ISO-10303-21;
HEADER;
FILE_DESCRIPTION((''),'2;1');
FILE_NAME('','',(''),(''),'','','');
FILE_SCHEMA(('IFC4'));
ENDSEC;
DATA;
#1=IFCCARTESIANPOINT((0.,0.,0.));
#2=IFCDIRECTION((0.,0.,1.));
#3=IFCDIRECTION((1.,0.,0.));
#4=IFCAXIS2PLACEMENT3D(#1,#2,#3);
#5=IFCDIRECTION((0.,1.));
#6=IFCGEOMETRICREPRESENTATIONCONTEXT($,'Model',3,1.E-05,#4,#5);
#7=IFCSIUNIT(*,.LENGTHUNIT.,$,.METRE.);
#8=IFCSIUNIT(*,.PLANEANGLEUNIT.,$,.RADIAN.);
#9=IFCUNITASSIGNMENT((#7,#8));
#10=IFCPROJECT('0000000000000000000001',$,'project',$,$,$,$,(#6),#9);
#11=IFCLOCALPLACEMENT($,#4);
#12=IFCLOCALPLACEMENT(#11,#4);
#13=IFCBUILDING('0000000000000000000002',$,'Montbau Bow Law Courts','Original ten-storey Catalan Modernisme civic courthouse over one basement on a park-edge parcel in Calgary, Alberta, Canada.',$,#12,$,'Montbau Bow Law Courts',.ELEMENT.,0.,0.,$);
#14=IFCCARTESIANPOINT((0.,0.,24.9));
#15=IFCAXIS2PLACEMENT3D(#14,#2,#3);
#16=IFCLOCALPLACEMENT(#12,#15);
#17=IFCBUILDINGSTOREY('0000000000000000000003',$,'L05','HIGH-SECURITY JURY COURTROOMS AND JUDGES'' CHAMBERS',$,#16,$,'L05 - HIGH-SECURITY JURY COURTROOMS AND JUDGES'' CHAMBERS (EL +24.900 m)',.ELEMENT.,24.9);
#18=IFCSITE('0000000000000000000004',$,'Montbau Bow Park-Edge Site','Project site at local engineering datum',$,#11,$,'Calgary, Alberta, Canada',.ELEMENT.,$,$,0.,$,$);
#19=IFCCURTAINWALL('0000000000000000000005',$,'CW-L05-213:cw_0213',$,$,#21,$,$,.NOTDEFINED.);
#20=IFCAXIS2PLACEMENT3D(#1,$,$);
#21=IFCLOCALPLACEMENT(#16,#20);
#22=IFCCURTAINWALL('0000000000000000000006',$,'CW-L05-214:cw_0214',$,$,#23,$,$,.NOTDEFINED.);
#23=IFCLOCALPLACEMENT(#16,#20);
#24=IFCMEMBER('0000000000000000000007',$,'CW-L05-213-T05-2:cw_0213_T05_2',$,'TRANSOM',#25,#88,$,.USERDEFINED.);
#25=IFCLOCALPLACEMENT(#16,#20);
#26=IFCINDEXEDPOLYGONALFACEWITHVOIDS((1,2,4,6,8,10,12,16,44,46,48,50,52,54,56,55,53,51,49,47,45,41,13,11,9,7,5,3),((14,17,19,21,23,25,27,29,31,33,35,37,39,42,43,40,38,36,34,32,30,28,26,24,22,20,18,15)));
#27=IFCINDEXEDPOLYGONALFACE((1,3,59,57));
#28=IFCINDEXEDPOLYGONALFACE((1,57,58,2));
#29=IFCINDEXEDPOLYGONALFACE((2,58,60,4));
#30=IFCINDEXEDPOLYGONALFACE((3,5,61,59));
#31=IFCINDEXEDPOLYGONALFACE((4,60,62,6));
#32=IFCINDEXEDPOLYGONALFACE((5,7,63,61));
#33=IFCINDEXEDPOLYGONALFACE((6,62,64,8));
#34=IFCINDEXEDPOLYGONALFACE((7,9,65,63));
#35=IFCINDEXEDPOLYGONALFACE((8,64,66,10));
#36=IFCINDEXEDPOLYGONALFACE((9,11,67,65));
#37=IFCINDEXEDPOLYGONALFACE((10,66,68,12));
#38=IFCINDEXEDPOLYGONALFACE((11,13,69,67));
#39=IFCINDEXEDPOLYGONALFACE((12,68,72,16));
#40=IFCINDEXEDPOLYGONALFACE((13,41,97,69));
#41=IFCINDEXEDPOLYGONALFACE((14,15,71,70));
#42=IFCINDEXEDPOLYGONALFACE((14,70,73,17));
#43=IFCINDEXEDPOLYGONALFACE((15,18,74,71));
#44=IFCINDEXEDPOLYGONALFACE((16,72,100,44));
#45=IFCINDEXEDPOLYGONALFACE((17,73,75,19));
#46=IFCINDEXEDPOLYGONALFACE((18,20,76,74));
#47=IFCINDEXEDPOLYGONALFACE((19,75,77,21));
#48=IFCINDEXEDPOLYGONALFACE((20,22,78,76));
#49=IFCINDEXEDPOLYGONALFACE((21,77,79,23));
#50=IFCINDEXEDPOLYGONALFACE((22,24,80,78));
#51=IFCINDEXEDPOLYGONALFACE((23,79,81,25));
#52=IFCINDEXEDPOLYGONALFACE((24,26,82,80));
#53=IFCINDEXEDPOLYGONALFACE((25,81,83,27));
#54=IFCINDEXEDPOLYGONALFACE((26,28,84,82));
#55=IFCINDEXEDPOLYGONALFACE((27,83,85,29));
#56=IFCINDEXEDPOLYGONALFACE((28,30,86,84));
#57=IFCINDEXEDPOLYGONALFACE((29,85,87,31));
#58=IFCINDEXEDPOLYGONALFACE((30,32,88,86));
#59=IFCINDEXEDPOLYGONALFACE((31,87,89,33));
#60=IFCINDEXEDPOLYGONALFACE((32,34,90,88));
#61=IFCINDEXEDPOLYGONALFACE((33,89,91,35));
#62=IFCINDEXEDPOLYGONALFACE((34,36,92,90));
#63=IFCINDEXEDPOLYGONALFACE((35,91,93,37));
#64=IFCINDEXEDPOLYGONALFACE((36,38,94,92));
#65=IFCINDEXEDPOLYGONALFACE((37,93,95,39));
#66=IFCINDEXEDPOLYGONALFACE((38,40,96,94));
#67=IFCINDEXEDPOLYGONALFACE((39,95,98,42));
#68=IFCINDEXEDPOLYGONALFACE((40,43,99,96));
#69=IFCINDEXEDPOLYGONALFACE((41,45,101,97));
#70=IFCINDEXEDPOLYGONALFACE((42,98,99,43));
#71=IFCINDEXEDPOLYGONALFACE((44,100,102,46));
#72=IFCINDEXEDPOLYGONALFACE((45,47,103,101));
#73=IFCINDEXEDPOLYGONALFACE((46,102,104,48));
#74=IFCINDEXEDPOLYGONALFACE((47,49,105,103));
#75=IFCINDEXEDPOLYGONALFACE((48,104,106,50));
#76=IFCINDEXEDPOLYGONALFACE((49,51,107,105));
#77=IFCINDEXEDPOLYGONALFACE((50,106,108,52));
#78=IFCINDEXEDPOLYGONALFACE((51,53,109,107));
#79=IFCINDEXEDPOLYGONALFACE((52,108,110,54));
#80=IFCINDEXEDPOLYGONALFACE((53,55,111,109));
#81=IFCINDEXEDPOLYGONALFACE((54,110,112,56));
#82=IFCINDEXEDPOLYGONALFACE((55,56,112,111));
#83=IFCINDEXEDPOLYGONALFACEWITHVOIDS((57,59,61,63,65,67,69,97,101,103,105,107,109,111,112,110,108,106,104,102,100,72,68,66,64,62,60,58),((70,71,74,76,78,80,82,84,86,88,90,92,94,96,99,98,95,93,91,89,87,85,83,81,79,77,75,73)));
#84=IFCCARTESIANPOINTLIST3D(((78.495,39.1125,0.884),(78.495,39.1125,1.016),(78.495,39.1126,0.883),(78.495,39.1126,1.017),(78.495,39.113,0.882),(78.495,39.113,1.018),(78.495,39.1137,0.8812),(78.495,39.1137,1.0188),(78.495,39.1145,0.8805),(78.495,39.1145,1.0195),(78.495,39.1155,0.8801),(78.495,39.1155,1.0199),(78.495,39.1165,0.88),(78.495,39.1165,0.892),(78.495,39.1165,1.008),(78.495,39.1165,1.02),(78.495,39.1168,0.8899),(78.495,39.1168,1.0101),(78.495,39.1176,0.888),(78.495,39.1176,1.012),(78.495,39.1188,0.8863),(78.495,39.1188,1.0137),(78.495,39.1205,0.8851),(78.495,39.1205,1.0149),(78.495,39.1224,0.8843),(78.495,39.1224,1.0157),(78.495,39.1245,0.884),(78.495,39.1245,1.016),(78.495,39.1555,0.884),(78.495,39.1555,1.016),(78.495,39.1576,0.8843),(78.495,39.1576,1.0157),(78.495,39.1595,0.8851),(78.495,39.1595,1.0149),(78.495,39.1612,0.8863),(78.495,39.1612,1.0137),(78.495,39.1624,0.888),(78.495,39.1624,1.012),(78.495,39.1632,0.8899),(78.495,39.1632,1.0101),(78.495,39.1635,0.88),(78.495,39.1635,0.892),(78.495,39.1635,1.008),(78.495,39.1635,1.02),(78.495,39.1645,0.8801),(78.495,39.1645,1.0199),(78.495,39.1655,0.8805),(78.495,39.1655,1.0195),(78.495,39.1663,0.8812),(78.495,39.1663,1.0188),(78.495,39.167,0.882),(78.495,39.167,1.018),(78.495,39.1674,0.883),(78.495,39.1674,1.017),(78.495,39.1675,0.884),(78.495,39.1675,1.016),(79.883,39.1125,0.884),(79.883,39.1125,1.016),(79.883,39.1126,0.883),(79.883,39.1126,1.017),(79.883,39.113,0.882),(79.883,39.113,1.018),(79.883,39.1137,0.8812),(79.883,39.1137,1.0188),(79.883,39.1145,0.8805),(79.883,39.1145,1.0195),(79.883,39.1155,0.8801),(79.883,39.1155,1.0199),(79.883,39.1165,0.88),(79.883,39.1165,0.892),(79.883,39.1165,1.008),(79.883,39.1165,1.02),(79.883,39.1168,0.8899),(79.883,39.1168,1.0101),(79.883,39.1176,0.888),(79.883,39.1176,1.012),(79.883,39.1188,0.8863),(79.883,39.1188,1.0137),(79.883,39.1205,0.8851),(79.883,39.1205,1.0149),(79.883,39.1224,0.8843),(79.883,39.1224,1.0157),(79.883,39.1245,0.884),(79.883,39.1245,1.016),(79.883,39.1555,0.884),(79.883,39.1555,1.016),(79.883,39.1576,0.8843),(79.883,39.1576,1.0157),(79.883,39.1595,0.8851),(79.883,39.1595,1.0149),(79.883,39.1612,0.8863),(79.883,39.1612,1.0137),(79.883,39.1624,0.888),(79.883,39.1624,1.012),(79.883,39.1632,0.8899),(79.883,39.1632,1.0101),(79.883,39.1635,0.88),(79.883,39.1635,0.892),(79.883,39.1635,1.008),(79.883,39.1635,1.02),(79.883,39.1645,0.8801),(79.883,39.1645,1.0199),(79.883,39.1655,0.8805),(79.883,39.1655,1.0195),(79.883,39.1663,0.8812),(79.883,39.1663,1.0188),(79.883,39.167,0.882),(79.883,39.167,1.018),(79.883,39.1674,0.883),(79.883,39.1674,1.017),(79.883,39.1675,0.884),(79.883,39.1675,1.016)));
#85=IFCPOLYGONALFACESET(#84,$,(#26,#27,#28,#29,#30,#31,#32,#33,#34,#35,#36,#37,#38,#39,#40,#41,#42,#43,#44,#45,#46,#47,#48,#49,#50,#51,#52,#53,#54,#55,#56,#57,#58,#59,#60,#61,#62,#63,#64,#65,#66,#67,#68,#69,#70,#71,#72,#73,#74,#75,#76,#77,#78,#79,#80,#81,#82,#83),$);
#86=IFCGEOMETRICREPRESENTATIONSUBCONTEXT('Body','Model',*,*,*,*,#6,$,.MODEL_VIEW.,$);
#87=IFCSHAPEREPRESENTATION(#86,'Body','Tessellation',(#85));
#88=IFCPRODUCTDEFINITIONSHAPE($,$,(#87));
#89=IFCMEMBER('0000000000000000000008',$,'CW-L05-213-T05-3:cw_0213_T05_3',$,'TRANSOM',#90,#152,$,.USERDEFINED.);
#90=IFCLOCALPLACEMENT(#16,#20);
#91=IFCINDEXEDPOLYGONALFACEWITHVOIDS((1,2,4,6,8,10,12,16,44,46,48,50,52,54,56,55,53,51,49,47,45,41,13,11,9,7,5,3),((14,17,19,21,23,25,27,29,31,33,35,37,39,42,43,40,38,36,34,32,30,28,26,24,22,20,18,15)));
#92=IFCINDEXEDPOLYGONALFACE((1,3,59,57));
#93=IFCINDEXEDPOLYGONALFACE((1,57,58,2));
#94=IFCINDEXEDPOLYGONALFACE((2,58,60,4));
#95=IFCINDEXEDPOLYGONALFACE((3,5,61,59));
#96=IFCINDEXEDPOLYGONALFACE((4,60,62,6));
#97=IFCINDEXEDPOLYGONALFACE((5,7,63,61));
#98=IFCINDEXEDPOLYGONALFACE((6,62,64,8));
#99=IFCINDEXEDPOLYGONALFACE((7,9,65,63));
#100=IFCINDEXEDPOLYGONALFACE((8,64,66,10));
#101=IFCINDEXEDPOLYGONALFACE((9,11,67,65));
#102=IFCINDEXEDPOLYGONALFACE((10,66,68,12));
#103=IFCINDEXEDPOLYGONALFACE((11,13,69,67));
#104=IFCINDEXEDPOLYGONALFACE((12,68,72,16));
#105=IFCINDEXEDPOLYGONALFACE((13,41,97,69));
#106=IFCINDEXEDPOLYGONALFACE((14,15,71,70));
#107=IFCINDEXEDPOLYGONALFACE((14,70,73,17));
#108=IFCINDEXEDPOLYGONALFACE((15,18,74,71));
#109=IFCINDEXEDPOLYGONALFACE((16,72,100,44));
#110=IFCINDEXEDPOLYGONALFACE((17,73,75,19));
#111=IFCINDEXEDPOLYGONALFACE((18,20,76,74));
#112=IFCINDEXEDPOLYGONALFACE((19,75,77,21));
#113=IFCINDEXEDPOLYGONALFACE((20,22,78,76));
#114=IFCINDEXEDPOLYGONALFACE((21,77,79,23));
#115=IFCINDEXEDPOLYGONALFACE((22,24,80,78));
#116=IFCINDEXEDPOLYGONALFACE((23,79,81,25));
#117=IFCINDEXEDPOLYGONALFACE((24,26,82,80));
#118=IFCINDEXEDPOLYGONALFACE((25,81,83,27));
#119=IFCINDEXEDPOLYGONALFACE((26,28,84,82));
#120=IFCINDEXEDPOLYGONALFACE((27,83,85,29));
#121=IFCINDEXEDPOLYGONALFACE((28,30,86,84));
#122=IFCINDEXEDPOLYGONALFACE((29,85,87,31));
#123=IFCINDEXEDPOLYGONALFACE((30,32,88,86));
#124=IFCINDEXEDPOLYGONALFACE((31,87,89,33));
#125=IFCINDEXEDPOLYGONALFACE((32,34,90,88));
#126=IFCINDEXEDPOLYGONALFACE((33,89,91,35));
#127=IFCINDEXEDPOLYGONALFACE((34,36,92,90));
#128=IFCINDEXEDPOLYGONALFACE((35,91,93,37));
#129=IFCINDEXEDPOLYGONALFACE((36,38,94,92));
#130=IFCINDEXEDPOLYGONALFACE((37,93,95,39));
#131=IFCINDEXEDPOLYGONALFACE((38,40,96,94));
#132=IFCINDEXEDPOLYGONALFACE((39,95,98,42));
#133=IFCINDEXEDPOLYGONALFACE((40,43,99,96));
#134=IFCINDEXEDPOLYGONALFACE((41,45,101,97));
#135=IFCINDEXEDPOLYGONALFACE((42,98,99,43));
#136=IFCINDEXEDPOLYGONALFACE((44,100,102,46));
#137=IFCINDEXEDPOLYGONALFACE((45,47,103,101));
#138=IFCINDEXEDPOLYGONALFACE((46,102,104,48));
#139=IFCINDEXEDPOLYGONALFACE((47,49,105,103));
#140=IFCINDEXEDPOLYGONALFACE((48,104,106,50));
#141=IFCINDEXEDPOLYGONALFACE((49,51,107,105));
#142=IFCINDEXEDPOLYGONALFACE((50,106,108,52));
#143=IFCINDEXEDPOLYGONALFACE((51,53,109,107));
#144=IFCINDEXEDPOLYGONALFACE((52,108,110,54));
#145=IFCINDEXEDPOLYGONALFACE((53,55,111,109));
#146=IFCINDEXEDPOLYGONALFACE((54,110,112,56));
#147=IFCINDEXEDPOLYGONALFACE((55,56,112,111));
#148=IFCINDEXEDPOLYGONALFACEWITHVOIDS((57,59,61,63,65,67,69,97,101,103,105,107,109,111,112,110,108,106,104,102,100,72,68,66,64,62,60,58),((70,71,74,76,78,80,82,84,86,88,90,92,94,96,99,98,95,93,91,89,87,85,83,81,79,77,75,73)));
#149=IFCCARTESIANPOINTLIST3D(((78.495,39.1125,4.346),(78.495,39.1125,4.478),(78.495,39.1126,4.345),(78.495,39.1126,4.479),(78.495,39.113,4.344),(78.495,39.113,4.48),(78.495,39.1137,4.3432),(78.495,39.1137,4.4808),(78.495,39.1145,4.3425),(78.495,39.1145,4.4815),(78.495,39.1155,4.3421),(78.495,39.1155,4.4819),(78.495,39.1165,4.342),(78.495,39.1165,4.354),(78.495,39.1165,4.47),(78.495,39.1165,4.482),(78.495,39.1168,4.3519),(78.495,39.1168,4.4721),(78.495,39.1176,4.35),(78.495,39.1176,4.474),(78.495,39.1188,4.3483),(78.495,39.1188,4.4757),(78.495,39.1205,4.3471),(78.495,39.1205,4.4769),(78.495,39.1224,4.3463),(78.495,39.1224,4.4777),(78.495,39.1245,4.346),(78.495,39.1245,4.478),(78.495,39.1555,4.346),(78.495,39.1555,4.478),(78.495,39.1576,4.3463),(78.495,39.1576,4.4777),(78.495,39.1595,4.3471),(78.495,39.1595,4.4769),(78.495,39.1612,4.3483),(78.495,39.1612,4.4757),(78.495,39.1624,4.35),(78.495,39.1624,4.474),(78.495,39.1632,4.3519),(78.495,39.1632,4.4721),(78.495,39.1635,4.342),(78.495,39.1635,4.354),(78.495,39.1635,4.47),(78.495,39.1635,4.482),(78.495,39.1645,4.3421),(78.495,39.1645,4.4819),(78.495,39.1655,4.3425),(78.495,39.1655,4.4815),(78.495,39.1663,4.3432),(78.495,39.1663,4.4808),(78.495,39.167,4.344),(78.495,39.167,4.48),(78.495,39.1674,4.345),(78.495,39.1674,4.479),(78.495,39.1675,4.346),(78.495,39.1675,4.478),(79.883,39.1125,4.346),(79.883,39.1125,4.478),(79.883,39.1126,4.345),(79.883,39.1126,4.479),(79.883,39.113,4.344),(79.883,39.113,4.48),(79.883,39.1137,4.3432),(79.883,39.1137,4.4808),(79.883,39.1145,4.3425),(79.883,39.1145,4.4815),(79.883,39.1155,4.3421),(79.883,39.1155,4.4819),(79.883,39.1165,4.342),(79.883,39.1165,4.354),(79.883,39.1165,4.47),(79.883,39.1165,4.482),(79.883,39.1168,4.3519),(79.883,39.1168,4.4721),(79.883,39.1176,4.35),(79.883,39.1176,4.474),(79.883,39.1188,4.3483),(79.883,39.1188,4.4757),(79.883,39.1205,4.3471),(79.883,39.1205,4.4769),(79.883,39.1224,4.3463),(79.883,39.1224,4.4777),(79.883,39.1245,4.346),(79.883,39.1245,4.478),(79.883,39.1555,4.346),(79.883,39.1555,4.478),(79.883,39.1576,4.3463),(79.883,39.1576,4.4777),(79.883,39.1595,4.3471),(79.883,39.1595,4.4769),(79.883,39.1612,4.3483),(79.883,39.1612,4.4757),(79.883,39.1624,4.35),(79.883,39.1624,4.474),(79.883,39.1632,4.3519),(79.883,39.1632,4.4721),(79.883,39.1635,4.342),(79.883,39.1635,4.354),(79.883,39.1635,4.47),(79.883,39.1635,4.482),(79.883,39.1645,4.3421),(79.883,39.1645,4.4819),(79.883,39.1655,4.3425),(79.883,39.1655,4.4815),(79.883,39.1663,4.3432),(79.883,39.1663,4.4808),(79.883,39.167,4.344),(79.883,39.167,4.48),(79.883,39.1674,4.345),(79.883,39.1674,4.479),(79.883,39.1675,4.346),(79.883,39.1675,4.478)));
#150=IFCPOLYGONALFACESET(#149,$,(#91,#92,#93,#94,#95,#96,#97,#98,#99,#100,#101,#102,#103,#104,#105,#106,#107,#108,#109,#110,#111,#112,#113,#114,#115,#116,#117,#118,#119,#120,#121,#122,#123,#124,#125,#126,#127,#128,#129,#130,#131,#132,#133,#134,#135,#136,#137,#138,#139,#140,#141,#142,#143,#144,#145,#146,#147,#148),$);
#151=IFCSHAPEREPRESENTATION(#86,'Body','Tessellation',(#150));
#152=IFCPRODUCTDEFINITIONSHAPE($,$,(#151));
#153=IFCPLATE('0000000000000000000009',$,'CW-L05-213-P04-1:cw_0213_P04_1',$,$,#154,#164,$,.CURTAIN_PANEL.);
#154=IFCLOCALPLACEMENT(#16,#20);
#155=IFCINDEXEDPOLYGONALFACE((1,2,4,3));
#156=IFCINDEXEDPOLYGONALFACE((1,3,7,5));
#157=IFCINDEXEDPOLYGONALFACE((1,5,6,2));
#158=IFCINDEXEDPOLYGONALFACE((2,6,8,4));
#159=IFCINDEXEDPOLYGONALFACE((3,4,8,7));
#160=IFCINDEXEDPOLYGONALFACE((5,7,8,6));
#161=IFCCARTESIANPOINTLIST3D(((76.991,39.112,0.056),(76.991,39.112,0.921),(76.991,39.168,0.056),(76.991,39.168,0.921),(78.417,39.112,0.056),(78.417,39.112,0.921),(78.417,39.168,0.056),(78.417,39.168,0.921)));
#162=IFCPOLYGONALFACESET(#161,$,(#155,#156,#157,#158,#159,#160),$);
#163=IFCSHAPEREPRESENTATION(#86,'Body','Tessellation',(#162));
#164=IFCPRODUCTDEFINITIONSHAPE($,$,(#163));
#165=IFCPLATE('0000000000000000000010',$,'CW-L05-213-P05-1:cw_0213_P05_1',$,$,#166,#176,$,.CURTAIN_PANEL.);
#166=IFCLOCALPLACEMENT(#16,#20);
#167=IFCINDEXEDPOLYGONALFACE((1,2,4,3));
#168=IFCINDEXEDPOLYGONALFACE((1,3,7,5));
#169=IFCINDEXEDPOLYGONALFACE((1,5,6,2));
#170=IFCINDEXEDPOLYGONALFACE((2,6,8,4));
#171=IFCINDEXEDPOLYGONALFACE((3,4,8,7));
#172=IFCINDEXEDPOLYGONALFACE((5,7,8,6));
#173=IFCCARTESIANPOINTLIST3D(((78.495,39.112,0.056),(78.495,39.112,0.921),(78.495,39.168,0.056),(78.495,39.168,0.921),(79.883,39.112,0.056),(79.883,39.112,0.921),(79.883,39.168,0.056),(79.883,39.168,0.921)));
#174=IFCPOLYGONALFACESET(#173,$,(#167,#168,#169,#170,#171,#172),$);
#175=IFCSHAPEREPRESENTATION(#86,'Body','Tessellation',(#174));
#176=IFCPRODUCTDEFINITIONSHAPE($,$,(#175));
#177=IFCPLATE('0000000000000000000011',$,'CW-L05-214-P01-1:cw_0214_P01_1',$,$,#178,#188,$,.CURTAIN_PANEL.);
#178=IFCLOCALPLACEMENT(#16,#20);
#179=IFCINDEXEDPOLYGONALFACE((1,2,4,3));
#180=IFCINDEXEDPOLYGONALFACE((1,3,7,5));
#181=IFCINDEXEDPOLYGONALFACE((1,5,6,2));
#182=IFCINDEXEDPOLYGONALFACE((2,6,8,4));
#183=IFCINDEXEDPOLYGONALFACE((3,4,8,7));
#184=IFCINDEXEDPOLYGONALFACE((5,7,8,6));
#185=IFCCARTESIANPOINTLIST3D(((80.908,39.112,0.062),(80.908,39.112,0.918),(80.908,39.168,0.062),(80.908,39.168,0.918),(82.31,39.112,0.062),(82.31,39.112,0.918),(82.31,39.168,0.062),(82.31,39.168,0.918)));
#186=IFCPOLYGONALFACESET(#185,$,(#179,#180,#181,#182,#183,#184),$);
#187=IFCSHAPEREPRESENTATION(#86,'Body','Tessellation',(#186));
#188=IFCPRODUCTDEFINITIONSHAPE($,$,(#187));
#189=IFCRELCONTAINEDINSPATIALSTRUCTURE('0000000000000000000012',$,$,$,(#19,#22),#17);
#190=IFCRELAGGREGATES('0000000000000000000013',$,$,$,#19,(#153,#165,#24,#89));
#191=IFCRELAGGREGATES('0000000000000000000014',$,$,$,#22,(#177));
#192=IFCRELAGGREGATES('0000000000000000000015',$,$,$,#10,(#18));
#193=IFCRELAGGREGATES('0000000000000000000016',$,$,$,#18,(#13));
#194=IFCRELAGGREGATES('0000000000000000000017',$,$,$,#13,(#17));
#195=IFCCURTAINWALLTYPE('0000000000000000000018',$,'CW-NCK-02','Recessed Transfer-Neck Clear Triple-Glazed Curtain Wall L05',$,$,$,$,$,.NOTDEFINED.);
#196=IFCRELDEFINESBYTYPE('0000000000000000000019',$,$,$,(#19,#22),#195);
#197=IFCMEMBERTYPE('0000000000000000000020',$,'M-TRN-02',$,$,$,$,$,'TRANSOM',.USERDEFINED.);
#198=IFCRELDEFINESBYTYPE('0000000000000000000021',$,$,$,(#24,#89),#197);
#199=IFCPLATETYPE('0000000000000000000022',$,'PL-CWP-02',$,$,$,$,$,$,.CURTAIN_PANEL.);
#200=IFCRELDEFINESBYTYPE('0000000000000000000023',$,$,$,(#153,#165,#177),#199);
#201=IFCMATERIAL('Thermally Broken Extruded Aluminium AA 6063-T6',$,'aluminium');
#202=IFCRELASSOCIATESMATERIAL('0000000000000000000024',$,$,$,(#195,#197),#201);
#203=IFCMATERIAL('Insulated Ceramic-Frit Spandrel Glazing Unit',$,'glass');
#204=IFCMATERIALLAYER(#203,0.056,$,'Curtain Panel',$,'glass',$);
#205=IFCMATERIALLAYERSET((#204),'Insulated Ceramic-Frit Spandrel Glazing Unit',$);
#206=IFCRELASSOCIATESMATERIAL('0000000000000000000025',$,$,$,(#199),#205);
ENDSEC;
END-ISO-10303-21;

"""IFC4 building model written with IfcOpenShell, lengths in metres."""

from ifc_helpers import new_model, si_unit, direction, frame, frame_2d, origin_with_axes, origin_2d_with_axis, place, context, subcontext, project, spatial, rectangle, hollow_rectangle, extrude, material, layer, layer_set, material_profile, profile_set, type_object, element, aggregate, save


model = new_model("IFC4")

# Units and contexts
model_context = context("Model", 3, precision=1e-05, world=origin_with_axes(), true_north=direction((0.0, 1.0)))
body_context = subcontext(model_context, "Body", "Model", "MODEL_VIEW")
ifc_project = project(units=[si_unit("LENGTHUNIT", "METRE"), si_unit("PLANEANGLEUNIT", "RADIAN")], contexts=[model_context])

# Site, building, storey
site_placement = place(None, origin_with_axes())
site = spatial("IfcSite", under=ifc_project, at=site_placement, Name="Montbau Bow Park-Edge Site", Description="Project site at local engineering datum", LongName="Calgary, Alberta, Canada", CompositionType="ELEMENT", RefElevation=0.0)
building_placement = place(site_placement, origin_with_axes())
building = spatial("IfcBuilding", under=site, at=building_placement, Name="Montbau Bow Law Courts", Description="Original ten-storey Catalan Modernisme civic courthouse over one basement on a park-edge parcel in Calgary, Alberta, Canada.", LongName="Montbau Bow Law Courts", CompositionType="ELEMENT", ElevationOfRefHeight=0.0, ElevationOfTerrain=0.0)
storey_placement = place(building_placement, frame((0.0, 0.0, 24.9), z_axis=(0.0, 0.0, 1.0), x_axis=(1.0, 0.0, 0.0)))
storey = spatial("IfcBuildingStorey", under=building, at=storey_placement, Name="L05", Description="HIGH-SECURITY JURY COURTROOMS AND JUDGES' CHAMBERS", LongName="L05 - HIGH-SECURITY JURY COURTROOMS AND JUDGES' CHAMBERS (EL +24.900 m)", CompositionType="ELEMENT", Elevation=24.9)

# Curtain walls
ifc_material_1 = material(Name="Thermally Broken Extruded Aluminium AA 6063-T6", Category="aluminium")
curtain_wall_type = type_object("IfcCurtainWallType", Name="CW-NCK-02", Description="Recessed Transfer-Neck Clear Triple-Glazed Curtain Wall L05", PredefinedType="NOTDEFINED", material=ifc_material_1)
curtain_wall_1_placement = place(None, frame((72.44, 39.14, 24.9), z_axis=(0.0, 0.0, 1.0), x_axis=(1.0, 0.0, 0.0)))
curtain_wall_1 = element("IfcCurtainWall", 1, at=curtain_wall_1_placement, inside=storey, type_object=curtain_wall_type, Name="CW-L05-213:cw_0213", PredefinedType="NOTDEFINED")
curtain_wall_2_placement = place(None, frame((80.84, 39.14, 24.9), z_axis=(0.0, 0.0, 1.0), x_axis=(1.0, 0.0, 0.0)))
curtain_wall_2 = element("IfcCurtainWall", 2, at=curtain_wall_2_placement, inside=storey, type_object=curtain_wall_type, Name="CW-L05-214:cw_0214", PredefinedType="NOTDEFINED")

# Members
ifc_material_profile_1 = material_profile(ifc_material_1, hollow_rectangle(XDim=0.055, YDim=0.14, WallThickness=0.004, InnerFilletRadius=0.008, OuterFilletRadius=0.004, at=origin_2d_with_axis()), Name="CWT-140X55", Category="Main", Priority=0)
ifc_profile_set_1 = profile_set([ifc_material_profile_1], Name="Thermally Broken Extruded Aluminium AA 6063-T6")
member_type_1 = type_object("IfcMemberType", Name="M-TRN-02", ElementType="TRANSOM", PredefinedType="USERDEFINED", material=ifc_profile_set_1)
member_1_placement = place(None, frame((78.495, 39.14, 25.85), z_axis=(1.0, 0.0, 0.0), x_axis=(0.0, 1.0, 0.0)))
member_1 = element("IfcMember", 3, at=member_1_placement, type_object=member_type_1, Name="CW-L05-213-T05-2:cw_0213_T05_2", ObjectType="TRANSOM", PredefinedType="USERDEFINED", context=body_context, shape_type="SweptSolid", body=[
    extrude(hollow_rectangle(XDim=0.055, YDim=0.14, WallThickness=0.004, InnerFilletRadius=0.008, OuterFilletRadius=0.004, at=origin_2d_with_axis()), origin_with_axes(), (0.0, 0.0, 1.0), 1.388),
])
member_2_placement = place(None, frame((78.495, 39.14, 29.312), z_axis=(1.0, 0.0, 0.0), x_axis=(0.0, 1.0, 0.0)))
member_2 = element("IfcMember", 4, at=member_2_placement, type_object=member_type_1, Name="CW-L05-213-T05-3:cw_0213_T05_3", ObjectType="TRANSOM", PredefinedType="USERDEFINED", context=body_context, shape_type="SweptSolid", body=[
    extrude(hollow_rectangle(XDim=0.055, YDim=0.14, WallThickness=0.004, InnerFilletRadius=0.008, OuterFilletRadius=0.004, at=origin_2d_with_axis()), origin_with_axes(), (0.0, 0.0, 1.0), 1.388),
])

# Plates
ifc_material_2 = material(Name="Insulated Ceramic-Frit Spandrel Glazing Unit", Category="glass")
ifc_layer_1 = layer(ifc_material_2, 0.056, Name="Curtain Panel", Category="glass")
ifc_layer_set_1 = layer_set([ifc_layer_1], Name="Insulated Ceramic-Frit Spandrel Glazing Unit")
plate_type_1 = type_object("IfcPlateType", Name="PL-CWP-02", PredefinedType="CURTAIN_PANEL", material=ifc_layer_set_1)
plate_1_placement = place(None, frame((76.991, 39.14, 24.956), z_axis=(0.0, -1.0, 0.0), x_axis=(1.0, 0.0, 0.0)))
plate_1 = element("IfcPlate", 5, at=plate_1_placement, type_object=plate_type_1, Name="CW-L05-213-P04-1:cw_0213_P04_1", PredefinedType="CURTAIN_PANEL", context=body_context, shape_type="SweptSolid", body=[
    extrude(rectangle(XDim=1.426, YDim=0.865, at=frame_2d((0.713, 0.4325), x_axis=(1.0, 0.0))), frame((0.0, 0.0, -0.028), z_axis=(0.0, 0.0, 1.0), x_axis=(1.0, 0.0, 0.0)), (0.0, 0.0, 1.0), 0.056),
])
plate_2_placement = place(None, frame((78.495, 39.14, 24.956), z_axis=(0.0, -1.0, 0.0), x_axis=(1.0, 0.0, 0.0)))
plate_2 = element("IfcPlate", 6, at=plate_2_placement, type_object=plate_type_1, Name="CW-L05-213-P05-1:cw_0213_P05_1", PredefinedType="CURTAIN_PANEL", context=body_context, shape_type="SweptSolid", body=[
    extrude(rectangle(XDim=1.388, YDim=0.865, at=frame_2d((0.694, 0.4325), x_axis=(1.0, 0.0))), frame((0.0, 0.0, -0.028), z_axis=(0.0, 0.0, 1.0), x_axis=(1.0, 0.0, 0.0)), (0.0, 0.0, 1.0), 0.056),
])
plate_3_placement = place(None, frame((80.908, 39.14, 24.962), z_axis=(0.0, -1.0, 0.0), x_axis=(1.0, 0.0, 0.0)))
plate_3 = element("IfcPlate", 7, at=plate_3_placement, type_object=plate_type_1, Name="CW-L05-214-P01-1:cw_0214_P01_1", PredefinedType="CURTAIN_PANEL", context=body_context, shape_type="SweptSolid", body=[
    extrude(rectangle(XDim=1.402, YDim=0.856, at=frame_2d((0.701, 0.428), x_axis=(1.0, 0.0))), frame((0.0, 0.0, -0.028), z_axis=(0.0, 0.0, 1.0), x_axis=(1.0, 0.0, 0.0)), (0.0, 0.0, 1.0), 0.056),
])
aggregate(curtain_wall_1, [plate_1, plate_2, member_1, member_2])
aggregate(curtain_wall_2, [plate_3])

save(model, "model.ifc")
